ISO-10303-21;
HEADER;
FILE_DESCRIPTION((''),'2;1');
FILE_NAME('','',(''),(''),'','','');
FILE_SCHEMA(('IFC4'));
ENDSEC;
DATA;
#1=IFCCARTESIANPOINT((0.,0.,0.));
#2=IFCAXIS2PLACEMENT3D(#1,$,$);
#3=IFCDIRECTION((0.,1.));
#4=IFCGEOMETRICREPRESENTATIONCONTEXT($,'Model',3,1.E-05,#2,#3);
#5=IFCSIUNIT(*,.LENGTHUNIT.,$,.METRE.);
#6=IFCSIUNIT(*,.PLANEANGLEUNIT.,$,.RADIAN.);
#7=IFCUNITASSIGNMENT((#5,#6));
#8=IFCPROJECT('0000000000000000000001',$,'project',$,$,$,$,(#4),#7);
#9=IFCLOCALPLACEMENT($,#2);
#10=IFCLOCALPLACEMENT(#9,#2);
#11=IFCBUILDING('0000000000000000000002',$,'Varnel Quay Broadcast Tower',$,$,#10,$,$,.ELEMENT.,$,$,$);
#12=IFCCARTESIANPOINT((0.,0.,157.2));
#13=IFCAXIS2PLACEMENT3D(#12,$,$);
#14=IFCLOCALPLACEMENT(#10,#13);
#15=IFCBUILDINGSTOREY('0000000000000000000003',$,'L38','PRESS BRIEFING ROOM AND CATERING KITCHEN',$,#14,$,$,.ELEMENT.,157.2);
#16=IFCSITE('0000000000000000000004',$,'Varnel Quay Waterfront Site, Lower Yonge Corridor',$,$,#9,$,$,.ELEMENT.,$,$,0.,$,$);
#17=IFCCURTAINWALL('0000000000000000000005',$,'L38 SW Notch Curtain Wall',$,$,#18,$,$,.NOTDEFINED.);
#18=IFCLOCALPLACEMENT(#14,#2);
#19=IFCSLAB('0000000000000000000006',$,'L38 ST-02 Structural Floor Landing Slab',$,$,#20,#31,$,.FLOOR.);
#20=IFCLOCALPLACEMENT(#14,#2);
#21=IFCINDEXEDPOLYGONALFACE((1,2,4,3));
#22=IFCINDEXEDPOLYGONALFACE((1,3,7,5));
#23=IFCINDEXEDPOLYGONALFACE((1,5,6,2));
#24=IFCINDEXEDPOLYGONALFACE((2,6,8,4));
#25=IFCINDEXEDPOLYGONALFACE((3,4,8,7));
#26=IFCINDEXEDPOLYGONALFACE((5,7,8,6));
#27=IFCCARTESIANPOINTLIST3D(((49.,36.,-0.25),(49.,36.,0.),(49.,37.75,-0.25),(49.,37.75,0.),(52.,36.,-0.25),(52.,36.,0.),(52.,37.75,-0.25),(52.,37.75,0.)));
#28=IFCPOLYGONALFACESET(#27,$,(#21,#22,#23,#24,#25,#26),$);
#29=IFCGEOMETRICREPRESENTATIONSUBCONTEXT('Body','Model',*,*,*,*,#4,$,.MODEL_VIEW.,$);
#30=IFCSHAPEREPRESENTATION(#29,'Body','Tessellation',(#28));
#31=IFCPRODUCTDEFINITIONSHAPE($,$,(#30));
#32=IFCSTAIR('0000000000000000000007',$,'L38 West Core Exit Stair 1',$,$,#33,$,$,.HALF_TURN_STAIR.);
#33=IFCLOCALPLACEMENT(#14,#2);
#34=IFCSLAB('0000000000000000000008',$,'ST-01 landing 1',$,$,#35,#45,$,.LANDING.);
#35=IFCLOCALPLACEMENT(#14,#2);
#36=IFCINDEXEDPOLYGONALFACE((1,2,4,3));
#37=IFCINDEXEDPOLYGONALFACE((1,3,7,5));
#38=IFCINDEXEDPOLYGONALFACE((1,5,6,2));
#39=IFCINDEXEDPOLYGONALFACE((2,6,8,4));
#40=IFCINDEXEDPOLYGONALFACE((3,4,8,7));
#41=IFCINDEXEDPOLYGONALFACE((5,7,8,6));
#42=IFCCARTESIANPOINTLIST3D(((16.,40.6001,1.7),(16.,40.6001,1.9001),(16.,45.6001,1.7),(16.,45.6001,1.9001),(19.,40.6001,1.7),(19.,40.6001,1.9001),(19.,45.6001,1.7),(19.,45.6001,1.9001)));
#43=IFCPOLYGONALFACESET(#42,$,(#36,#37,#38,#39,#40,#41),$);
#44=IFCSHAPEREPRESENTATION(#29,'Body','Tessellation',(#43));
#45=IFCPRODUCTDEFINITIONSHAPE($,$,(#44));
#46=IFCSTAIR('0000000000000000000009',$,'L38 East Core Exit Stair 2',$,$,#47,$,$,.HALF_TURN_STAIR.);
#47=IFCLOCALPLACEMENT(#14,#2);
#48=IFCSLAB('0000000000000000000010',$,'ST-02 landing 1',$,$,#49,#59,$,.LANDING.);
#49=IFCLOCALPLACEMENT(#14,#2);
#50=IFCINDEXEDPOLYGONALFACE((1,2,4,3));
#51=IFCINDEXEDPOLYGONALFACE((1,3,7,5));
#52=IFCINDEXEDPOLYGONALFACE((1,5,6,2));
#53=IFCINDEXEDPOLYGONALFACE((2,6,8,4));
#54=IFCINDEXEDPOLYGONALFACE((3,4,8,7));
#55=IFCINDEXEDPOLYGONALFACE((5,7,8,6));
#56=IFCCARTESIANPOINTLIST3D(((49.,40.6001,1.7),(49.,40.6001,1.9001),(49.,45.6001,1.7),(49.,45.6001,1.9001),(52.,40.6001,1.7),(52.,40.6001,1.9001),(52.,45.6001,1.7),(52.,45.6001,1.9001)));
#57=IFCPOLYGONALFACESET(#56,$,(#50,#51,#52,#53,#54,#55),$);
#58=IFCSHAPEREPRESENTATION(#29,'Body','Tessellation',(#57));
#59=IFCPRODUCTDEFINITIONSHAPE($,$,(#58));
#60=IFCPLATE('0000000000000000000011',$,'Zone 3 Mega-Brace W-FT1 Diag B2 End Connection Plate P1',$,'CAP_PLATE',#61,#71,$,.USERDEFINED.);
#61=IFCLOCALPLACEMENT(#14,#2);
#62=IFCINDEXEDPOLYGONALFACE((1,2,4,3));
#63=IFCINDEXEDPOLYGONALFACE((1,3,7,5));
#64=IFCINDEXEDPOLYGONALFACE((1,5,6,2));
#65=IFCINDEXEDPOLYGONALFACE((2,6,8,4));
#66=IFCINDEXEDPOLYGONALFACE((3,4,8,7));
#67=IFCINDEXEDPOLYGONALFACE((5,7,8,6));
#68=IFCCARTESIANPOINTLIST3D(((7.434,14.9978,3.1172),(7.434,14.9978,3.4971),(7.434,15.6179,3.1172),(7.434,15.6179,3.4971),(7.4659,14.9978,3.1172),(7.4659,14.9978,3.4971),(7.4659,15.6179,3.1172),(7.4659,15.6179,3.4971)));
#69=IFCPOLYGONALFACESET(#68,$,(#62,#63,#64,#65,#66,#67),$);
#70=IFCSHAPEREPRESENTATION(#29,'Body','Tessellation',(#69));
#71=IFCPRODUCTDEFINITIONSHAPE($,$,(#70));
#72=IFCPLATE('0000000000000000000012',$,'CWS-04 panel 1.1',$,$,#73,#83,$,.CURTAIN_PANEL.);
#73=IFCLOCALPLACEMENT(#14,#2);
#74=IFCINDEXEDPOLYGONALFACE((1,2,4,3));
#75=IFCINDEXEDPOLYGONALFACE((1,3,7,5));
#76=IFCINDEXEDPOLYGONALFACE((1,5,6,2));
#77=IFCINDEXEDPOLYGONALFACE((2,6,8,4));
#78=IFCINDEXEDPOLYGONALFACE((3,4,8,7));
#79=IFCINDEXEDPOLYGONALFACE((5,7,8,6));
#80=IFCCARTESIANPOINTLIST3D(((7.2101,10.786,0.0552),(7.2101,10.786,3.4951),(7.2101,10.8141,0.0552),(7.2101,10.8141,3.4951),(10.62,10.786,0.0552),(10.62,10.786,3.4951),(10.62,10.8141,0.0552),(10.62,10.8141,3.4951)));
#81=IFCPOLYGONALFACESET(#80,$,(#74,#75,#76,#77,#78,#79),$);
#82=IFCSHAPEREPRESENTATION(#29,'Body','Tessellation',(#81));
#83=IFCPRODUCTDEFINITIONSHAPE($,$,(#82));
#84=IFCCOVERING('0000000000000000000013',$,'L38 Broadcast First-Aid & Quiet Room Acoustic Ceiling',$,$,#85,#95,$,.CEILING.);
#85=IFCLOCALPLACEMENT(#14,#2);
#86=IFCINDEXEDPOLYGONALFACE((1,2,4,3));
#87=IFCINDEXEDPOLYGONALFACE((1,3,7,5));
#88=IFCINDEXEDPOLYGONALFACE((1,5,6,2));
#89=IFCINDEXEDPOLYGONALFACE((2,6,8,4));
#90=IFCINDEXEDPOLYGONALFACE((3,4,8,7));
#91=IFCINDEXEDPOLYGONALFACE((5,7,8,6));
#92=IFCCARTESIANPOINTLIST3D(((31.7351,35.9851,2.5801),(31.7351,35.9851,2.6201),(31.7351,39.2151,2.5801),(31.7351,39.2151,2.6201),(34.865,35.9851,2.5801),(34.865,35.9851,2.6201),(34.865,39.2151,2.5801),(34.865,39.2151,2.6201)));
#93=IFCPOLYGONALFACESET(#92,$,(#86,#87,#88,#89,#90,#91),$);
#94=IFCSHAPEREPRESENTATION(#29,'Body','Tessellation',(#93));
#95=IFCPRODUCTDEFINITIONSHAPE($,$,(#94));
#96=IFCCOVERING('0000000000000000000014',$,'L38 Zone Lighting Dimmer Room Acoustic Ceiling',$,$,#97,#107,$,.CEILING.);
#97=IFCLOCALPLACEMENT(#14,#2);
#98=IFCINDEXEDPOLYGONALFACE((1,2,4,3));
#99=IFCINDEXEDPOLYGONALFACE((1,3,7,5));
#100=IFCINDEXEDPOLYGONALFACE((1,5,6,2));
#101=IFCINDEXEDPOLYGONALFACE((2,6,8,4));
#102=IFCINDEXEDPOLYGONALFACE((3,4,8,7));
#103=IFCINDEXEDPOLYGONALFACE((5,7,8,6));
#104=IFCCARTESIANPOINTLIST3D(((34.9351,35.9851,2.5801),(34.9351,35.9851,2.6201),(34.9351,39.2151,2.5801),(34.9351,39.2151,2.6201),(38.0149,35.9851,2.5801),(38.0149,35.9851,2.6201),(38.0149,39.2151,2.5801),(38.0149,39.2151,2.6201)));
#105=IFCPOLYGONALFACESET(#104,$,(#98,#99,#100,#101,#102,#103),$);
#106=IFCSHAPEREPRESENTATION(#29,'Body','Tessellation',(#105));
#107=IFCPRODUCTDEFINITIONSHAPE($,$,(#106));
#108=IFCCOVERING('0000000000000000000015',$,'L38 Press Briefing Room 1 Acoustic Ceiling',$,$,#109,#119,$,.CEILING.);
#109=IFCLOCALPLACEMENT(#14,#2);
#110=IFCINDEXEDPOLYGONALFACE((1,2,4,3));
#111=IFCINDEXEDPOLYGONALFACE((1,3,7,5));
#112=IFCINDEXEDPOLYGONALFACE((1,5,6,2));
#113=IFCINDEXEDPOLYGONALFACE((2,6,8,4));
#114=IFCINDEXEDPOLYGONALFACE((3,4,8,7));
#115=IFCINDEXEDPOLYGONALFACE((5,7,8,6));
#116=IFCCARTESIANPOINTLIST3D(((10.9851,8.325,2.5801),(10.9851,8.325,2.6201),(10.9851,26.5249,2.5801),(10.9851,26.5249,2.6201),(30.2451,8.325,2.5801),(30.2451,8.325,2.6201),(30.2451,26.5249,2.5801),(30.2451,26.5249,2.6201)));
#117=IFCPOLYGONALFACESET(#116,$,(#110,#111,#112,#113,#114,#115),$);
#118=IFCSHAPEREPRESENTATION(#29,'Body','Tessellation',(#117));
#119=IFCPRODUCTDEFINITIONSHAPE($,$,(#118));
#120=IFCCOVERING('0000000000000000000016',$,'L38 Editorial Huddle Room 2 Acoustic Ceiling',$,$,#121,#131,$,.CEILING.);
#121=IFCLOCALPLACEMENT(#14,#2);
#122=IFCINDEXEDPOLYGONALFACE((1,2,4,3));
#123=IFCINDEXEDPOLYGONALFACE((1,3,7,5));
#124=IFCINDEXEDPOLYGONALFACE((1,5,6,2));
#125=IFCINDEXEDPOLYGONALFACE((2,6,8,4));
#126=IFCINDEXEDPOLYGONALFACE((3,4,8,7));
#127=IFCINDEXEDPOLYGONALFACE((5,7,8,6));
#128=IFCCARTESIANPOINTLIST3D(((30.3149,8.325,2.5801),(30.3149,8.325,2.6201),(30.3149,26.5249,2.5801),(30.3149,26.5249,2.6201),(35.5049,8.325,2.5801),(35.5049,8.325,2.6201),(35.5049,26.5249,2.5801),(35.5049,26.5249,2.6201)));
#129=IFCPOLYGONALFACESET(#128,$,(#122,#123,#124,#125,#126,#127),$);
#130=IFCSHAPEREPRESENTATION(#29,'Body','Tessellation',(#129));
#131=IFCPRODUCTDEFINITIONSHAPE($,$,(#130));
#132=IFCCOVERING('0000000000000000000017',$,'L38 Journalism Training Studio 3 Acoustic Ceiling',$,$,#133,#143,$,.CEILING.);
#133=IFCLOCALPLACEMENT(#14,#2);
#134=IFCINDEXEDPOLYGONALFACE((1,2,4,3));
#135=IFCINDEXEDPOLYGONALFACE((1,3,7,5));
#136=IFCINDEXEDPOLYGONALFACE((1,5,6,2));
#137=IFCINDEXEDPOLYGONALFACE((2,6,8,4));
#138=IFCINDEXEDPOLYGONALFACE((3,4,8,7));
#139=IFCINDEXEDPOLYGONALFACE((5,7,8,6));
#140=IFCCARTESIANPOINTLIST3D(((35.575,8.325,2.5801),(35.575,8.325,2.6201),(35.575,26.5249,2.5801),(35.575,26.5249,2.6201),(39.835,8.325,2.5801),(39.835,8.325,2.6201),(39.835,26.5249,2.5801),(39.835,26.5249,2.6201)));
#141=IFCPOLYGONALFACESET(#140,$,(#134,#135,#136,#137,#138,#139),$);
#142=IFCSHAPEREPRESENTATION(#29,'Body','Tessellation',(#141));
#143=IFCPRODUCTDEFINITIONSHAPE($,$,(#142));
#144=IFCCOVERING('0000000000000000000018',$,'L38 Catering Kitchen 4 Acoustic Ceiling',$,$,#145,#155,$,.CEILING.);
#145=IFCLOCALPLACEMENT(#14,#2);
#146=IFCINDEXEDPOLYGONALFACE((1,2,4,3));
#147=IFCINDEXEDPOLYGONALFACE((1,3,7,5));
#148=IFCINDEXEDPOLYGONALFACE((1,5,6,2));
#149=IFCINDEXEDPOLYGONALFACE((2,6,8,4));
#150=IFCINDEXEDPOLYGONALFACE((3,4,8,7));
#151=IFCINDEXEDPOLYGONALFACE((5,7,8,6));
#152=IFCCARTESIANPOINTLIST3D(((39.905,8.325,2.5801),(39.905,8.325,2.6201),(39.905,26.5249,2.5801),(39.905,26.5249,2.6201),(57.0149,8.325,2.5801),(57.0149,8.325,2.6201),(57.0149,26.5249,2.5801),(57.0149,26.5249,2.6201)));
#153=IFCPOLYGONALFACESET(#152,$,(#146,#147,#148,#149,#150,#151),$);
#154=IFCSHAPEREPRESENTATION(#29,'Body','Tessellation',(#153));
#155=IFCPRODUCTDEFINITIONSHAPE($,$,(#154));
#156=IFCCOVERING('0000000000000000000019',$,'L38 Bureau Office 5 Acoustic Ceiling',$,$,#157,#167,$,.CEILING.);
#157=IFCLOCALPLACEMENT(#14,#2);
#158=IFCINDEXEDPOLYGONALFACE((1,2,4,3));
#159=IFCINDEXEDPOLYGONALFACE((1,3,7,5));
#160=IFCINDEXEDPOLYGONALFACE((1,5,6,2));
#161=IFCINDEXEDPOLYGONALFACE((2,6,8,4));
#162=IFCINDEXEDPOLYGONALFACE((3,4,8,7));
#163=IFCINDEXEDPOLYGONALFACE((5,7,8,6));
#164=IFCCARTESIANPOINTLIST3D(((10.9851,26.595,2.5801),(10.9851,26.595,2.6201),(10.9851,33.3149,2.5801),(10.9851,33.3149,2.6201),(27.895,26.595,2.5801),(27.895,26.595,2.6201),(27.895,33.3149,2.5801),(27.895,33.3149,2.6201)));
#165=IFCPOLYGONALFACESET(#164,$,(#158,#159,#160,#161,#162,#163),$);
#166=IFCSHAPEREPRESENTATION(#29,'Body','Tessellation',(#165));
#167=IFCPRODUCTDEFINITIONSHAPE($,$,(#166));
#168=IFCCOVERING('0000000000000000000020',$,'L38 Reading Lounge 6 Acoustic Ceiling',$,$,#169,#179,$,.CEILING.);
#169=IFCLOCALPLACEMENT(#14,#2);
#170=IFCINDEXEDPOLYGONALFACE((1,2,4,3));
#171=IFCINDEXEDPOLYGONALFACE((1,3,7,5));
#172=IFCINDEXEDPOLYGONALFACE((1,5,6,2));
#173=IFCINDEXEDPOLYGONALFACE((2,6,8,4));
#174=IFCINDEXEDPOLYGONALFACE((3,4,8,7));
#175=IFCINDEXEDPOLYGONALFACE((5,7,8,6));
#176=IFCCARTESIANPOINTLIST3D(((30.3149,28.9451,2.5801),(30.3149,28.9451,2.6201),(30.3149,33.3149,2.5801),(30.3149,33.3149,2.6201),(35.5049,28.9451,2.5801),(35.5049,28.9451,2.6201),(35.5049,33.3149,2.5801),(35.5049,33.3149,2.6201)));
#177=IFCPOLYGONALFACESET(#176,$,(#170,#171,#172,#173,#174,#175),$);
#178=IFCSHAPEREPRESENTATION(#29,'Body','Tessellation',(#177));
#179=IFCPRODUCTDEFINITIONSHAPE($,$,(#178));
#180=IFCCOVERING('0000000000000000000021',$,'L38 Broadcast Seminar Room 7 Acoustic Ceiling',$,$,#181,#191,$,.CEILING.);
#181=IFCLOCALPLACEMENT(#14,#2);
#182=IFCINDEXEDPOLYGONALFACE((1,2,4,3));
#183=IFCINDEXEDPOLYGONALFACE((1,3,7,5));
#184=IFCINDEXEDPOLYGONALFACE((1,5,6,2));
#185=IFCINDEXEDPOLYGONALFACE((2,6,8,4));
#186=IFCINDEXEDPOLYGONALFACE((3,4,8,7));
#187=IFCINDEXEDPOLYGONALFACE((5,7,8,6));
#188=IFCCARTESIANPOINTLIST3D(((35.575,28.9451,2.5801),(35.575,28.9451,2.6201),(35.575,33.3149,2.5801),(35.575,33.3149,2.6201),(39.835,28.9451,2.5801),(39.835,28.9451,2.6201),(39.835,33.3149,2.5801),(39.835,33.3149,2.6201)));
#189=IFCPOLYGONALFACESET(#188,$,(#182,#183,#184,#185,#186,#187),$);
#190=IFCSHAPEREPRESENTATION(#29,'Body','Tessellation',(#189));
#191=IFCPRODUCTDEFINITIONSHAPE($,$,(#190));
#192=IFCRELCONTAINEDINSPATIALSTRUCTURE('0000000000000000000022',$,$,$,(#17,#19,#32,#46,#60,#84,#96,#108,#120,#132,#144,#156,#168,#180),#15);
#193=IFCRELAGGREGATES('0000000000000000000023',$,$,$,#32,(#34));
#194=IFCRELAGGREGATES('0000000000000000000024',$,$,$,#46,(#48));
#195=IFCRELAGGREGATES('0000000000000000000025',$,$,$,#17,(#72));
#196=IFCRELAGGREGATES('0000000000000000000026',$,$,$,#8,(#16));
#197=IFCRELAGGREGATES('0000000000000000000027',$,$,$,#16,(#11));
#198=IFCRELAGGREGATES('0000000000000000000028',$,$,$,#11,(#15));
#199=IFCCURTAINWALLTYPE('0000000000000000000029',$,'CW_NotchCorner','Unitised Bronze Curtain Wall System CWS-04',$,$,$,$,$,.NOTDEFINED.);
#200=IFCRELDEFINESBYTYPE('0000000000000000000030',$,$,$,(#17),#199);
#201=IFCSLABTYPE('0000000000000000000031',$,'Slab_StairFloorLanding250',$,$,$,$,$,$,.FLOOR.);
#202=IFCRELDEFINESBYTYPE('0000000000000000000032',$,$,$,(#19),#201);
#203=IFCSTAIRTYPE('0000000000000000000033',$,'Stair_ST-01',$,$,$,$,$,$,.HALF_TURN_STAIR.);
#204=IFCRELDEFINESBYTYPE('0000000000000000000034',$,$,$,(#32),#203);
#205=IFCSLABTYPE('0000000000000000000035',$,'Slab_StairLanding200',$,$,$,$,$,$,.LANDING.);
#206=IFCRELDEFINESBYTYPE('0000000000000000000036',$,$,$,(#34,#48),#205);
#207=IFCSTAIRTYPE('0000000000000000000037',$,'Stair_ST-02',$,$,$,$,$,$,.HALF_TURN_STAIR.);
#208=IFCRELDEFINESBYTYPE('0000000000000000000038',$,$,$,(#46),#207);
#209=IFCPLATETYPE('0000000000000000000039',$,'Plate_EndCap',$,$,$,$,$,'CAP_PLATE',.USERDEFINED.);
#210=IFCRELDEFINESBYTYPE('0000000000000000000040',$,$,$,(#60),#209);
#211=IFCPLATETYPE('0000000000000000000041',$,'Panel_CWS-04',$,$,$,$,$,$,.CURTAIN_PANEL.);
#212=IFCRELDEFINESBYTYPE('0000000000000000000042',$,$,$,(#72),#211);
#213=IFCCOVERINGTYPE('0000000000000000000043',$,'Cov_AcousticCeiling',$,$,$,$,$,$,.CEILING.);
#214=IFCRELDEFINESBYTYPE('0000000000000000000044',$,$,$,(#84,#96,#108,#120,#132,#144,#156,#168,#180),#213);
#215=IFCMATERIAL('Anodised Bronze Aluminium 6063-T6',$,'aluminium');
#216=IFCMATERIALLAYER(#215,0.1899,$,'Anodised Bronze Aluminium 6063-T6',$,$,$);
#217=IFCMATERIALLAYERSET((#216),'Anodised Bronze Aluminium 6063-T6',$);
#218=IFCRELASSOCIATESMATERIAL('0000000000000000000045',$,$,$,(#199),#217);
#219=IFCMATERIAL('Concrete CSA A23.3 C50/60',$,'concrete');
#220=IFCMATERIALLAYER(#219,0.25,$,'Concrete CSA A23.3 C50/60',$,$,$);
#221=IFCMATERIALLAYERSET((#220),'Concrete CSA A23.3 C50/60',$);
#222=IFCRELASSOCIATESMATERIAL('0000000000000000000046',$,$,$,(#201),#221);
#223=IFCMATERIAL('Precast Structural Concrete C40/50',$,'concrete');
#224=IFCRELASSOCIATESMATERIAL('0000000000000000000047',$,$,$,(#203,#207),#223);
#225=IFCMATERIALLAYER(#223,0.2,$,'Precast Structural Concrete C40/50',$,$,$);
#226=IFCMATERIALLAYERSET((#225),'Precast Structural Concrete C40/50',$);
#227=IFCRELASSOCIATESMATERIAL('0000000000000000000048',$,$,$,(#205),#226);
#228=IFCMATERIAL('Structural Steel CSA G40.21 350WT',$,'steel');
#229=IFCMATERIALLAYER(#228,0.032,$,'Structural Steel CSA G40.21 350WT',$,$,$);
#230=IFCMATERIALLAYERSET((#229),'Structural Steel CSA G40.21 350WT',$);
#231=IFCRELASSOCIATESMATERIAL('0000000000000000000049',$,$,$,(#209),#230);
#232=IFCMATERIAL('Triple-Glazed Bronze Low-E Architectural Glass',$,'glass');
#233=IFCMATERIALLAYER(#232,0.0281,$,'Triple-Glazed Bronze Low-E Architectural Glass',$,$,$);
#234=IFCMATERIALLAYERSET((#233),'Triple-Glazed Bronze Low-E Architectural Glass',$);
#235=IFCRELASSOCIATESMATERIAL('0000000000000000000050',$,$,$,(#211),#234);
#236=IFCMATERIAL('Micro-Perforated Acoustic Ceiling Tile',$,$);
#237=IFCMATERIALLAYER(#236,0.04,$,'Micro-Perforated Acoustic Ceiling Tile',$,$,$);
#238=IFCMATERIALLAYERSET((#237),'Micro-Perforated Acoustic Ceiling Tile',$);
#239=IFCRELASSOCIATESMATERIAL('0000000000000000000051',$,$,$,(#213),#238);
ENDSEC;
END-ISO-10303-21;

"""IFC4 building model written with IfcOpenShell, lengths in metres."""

from ifc_helpers import new_model, si_unit, direction, frame, origin, origin_2d, place, context, subcontext, project, spatial, polyline, rectangle, outline, extrude, source, transform, mapped, material, layer, layer_set, type_object, type_shapes, element, aggregate, save


model = new_model("IFC4")

# Units and contexts
model_context = context("Model", 3, precision=1e-05, world=origin(), true_north=direction((0.0, 1.0)))
body_context = subcontext(model_context, "Body", "Model", "MODEL_VIEW")
ifc_project = project(units=[si_unit("LENGTHUNIT", "METRE"), si_unit("PLANEANGLEUNIT", "RADIAN")], contexts=[model_context])

# Site, building, storey
site_placement = place(None, origin())
site = spatial("IfcSite", under=ifc_project, at=site_placement, Name="Varnel Quay Waterfront Site, Lower Yonge Corridor", CompositionType="ELEMENT", RefElevation=0.0)
building_placement = place(site_placement, origin())
building = spatial("IfcBuilding", under=site, at=building_placement, Name="Varnel Quay Broadcast Tower", CompositionType="ELEMENT")
storey_placement = place(building_placement, frame((0.0, 0.0, 157.2)))
storey = spatial("IfcBuildingStorey", under=building, at=storey_placement, Name="L38", Description="PRESS BRIEFING ROOM AND CATERING KITCHEN", CompositionType="ELEMENT", Elevation=157.2)

# Curtain wall
ifc_material_1 = material(Name="Anodised Bronze Aluminium 6063-T6", Category="aluminium")
ifc_layer_1 = layer(ifc_material_1, 0.1899, Name="Anodised Bronze Aluminium 6063-T6")
ifc_layer_set_1 = layer_set([ifc_layer_1], Name="Anodised Bronze Aluminium 6063-T6")
curtain_wall_type_1 = type_object("IfcCurtainWallType", Name="CW_NotchCorner", Description="Unitised Bronze Curtain Wall System CWS-04", PredefinedType="NOTDEFINED", material=ifc_layer_set_1)
curtain_wall_1_placement = place(storey_placement, origin())
curtain_wall_1 = element("IfcCurtainWall", 1, at=curtain_wall_1_placement, inside=storey, type_object=curtain_wall_type_1, Name="L38 SW Notch Curtain Wall", PredefinedType="NOTDEFINED")

# Slab
ifc_material_2 = material(Name="Concrete CSA A23.3 C50/60", Category="concrete")
ifc_layer_2 = layer(ifc_material_2, 0.25, Name="Concrete CSA A23.3 C50/60")
ifc_layer_set_2 = layer_set([ifc_layer_2], Name="Concrete CSA A23.3 C50/60")
slab_type_1 = type_object("IfcSlabType", Name="Slab_StairFloorLanding250", PredefinedType="FLOOR", material=ifc_layer_set_2)
slab_1_placement = place(storey_placement, frame((0.0, 0.0, -0.25)))
element("IfcSlab", 2, at=slab_1_placement, inside=storey, type_object=slab_type_1, Name="L38 ST-02 Structural Floor Landing Slab", PredefinedType="FLOOR", context=body_context, shape_type="SweptSolid", body=[
    extrude(outline(polyline([(52.0, 36.0), (52.0, 37.75), (49.0, 37.75), (49.0, 36.0), (52.0, 36.0)])), origin(), (0.0, 0.0, 1.0), 0.25),
])

# Stairs, slabs
ifc_material_3 = material(Name="Precast Structural Concrete C40/50", Category="concrete")
stair_type_1 = type_object("IfcStairType", Name="Stair_ST-01", PredefinedType="HALF_TURN_STAIR", material=ifc_material_3)
stair_1_placement = place(storey_placement, origin())
stair_1 = element("IfcStair", 3, at=stair_1_placement, inside=storey, type_object=stair_type_1, Name="L38 West Core Exit Stair 1", PredefinedType="HALF_TURN_STAIR")
ifc_layer_3 = layer(ifc_material_3, 0.2, Name="Precast Structural Concrete C40/50")
ifc_layer_set_3 = layer_set([ifc_layer_3], Name="Precast Structural Concrete C40/50")
slab_type_2 = type_object("IfcSlabType", Name="Slab_StairLanding200", PredefinedType="LANDING", material=ifc_layer_set_3)
slab_2_placement = place(storey_placement, frame((0.0, 0.0, 1.7)))
slab_2 = element("IfcSlab", 4, at=slab_2_placement, type_object=slab_type_2, Name="ST-01 landing 1", PredefinedType="LANDING", context=body_context, shape_type="SweptSolid", body=[
    extrude(outline(polyline([(19.0, 40.6001), (19.0, 45.6001), (16.0, 45.6001), (16.0, 40.6001), (19.0, 40.6001)])), origin(), (0.0, 0.0, 1.0), 0.2002),
])
aggregate(stair_1, [slab_2])
stair_type_2 = type_object("IfcStairType", Name="Stair_ST-02", PredefinedType="HALF_TURN_STAIR", material=ifc_material_3)
stair_2_placement = place(storey_placement, origin())
stair_2 = element("IfcStair", 5, at=stair_2_placement, inside=storey, type_object=stair_type_2, Name="L38 East Core Exit Stair 2", PredefinedType="HALF_TURN_STAIR")
slab_3_placement = place(storey_placement, frame((0.0, 0.0, 1.7)))
slab_3 = element("IfcSlab", 6, at=slab_3_placement, type_object=slab_type_2, Name="ST-02 landing 1", PredefinedType="LANDING", context=body_context, shape_type="SweptSolid", body=[
    extrude(outline(polyline([(52.0, 40.6001), (52.0, 45.6001), (49.0, 45.6001), (49.0, 40.6001), (52.0, 40.6001)])), origin(), (0.0, 0.0, 1.0), 0.2002),
])
aggregate(stair_2, [slab_3])

# Plates
ifc_material_4 = material(Name="Structural Steel CSA G40.21 350WT", Category="steel")
ifc_layer_4 = layer(ifc_material_4, 0.032, Name="Structural Steel CSA G40.21 350WT")
ifc_layer_set_4 = layer_set([ifc_layer_4], Name="Structural Steel CSA G40.21 350WT")
plate_type_1 = type_object("IfcPlateType", Name="Plate_EndCap", ElementType="CAP_PLATE", PredefinedType="USERDEFINED", material=ifc_layer_set_4)
shared_shape_1 = source(origin(), body_context, "Body", "SweptSolid", [
    extrude(rectangle(XDim=0.6201, YDim=0.032, at=origin_2d()), origin(), (0.0, 0.0, 1.0), 0.3799),
])
type_shapes(plate_type_1, [shared_shape_1])
plate_1_placement = place(storey_placement, frame((7.45, 15.3079, 3.1172), z_axis=(0.0, 0.0, 1.0), x_axis=(0.0, 1.0, 0.0)))
element("IfcPlate", 7, at=plate_1_placement, inside=storey, type_object=plate_type_1, Name="Zone 3 Mega-Brace W-FT1 Diag B2 End Connection Plate P1", ObjectType="CAP_PLATE", PredefinedType="USERDEFINED", context=body_context, shape_type="MappedRepresentation", body=[
    mapped(shared_shape_1, transform((0.0, 0.0, 0.0), x_axis=(1.0, 0.0, 0.0), y_axis=(0.0, 1.0, 0.0), z_axis=(0.0, 0.0, 1.0), scale=1.0)),
])
ifc_material_5 = material(Name="Triple-Glazed Bronze Low-E Architectural Glass", Category="glass")
ifc_layer_5 = layer(ifc_material_5, 0.0281, Name="Triple-Glazed Bronze Low-E Architectural Glass")
ifc_layer_set_5 = layer_set([ifc_layer_5], Name="Triple-Glazed Bronze Low-E Architectural Glass")
plate_type_2 = type_object("IfcPlateType", Name="Panel_CWS-04", PredefinedType="CURTAIN_PANEL", material=ifc_layer_set_5)
shared_shape_2 = source(origin(), body_context, "Body", "SweptSolid", [
    extrude(rectangle(XDim=3.4099, YDim=0.0281, at=origin_2d()), origin(), (0.0, 0.0, 1.0), 3.4399),
])
type_shapes(plate_type_2, [shared_shape_2])
plate_2_placement = place(storey_placement, frame((8.915, 10.8, 0.0552), z_axis=(0.0, 0.0, 1.0), x_axis=(1.0, 0.0, 0.0)))
plate_2 = element("IfcPlate", 8, at=plate_2_placement, type_object=plate_type_2, Name="CWS-04 panel 1.1", PredefinedType="CURTAIN_PANEL", context=body_context, shape_type="MappedRepresentation", body=[
    mapped(shared_shape_2, transform((0.0, 0.0, 0.0), x_axis=(1.0, 0.0, 0.0), y_axis=(0.0, 1.0, 0.0), z_axis=(0.0, 0.0, 1.0), scale=1.0)),
])
aggregate(curtain_wall_1, [plate_2])

# Coverings
ifc_material_6 = material(Name="Micro-Perforated Acoustic Ceiling Tile")
ifc_layer_6 = layer(ifc_material_6, 0.04, Name="Micro-Perforated Acoustic Ceiling Tile")
ifc_layer_set_6 = layer_set([ifc_layer_6], Name="Micro-Perforated Acoustic Ceiling Tile")
covering_type_1 = type_object("IfcCoveringType", Name="Cov_AcousticCeiling", PredefinedType="CEILING", material=ifc_layer_set_6)
covering_1_placement = place(storey_placement, frame((0.0, 0.0, 2.5801)))
element("IfcCovering", 9, at=covering_1_placement, inside=storey, type_object=covering_type_1, Name="L38 Broadcast First-Aid & Quiet Room Acoustic Ceiling", PredefinedType="CEILING", context=body_context, shape_type="SweptSolid", body=[
    extrude(outline(polyline([(31.7351, 35.9851), (34.865, 35.9851), (34.865, 39.2151), (31.7351, 39.2151), (31.7351, 35.9851)])), origin(), (0.0, 0.0, 1.0), 0.04),
])
covering_2_placement = place(storey_placement, frame((0.0, 0.0, 2.5801)))
element("IfcCovering", 10, at=covering_2_placement, inside=storey, type_object=covering_type_1, Name="L38 Zone Lighting Dimmer Room Acoustic Ceiling", PredefinedType="CEILING", context=body_context, shape_type="SweptSolid", body=[
    extrude(outline(polyline([(34.9351, 35.9851), (38.0149, 35.9851), (38.0149, 39.2151), (34.9351, 39.2151), (34.9351, 35.9851)])), origin(), (0.0, 0.0, 1.0), 0.04),
])
covering_3_placement = place(storey_placement, frame((0.0, 0.0, 2.5801)))
element("IfcCovering", 11, at=covering_3_placement, inside=storey, type_object=covering_type_1, Name="L38 Press Briefing Room 1 Acoustic Ceiling", PredefinedType="CEILING", context=body_context, shape_type="SweptSolid", body=[
    extrude(outline(polyline([(10.9851, 8.325), (30.2451, 8.325), (30.2451, 26.5249), (10.9851, 26.5249), (10.9851, 8.325)])), origin(), (0.0, 0.0, 1.0), 0.04),
])
covering_4_placement = place(storey_placement, frame((0.0, 0.0, 2.5801)))
element("IfcCovering", 12, at=covering_4_placement, inside=storey, type_object=covering_type_1, Name="L38 Editorial Huddle Room 2 Acoustic Ceiling", PredefinedType="CEILING", context=body_context, shape_type="SweptSolid", body=[
    extrude(outline(polyline([(30.3149, 8.325), (35.5049, 8.325), (35.5049, 26.5249), (30.3149, 26.5249), (30.3149, 8.325)])), origin(), (0.0, 0.0, 1.0), 0.04),
])
covering_5_placement = place(storey_placement, frame((0.0, 0.0, 2.5801)))
element("IfcCovering", 13, at=covering_5_placement, inside=storey, type_object=covering_type_1, Name="L38 Journalism Training Studio 3 Acoustic Ceiling", PredefinedType="CEILING", context=body_context, shape_type="SweptSolid", body=[
    extrude(outline(polyline([(35.575, 8.325), (39.835, 8.325), (39.835, 26.5249), (35.575, 26.5249), (35.575, 8.325)])), origin(), (0.0, 0.0, 1.0), 0.04),
])
covering_6_placement = place(storey_placement, frame((0.0, 0.0, 2.5801)))
element("IfcCovering", 14, at=covering_6_placement, inside=storey, type_object=covering_type_1, Name="L38 Catering Kitchen 4 Acoustic Ceiling", PredefinedType="CEILING", context=body_context, shape_type="SweptSolid", body=[
    extrude(outline(polyline([(39.905, 8.325), (57.0149, 8.325), (57.0149, 26.5249), (39.905, 26.5249), (39.905, 8.325)])), origin(), (0.0, 0.0, 1.0), 0.04),
])
covering_7_placement = place(storey_placement, frame((0.0, 0.0, 2.5801)))
element("IfcCovering", 15, at=covering_7_placement, inside=storey, type_object=covering_type_1, Name="L38 Bureau Office 5 Acoustic Ceiling", PredefinedType="CEILING", context=body_context, shape_type="SweptSolid", body=[
    extrude(outline(polyline([(10.9851, 26.595), (27.895, 26.595), (27.895, 33.3149), (10.9851, 33.3149), (10.9851, 26.595)])), origin(), (0.0, 0.0, 1.0), 0.04),
])
covering_8_placement = place(storey_placement, frame((0.0, 0.0, 2.5801)))
element("IfcCovering", 16, at=covering_8_placement, inside=storey, type_object=covering_type_1, Name="L38 Reading Lounge 6 Acoustic Ceiling", PredefinedType="CEILING", context=body_context, shape_type="SweptSolid", body=[
    extrude(outline(polyline([(30.3149, 28.9451), (35.5049, 28.9451), (35.5049, 33.3149), (30.3149, 33.3149), (30.3149, 28.9451)])), origin(), (0.0, 0.0, 1.0), 0.04),
])
covering_9_placement = place(storey_placement, frame((0.0, 0.0, 2.5801)))
element("IfcCovering", 17, at=covering_9_placement, inside=storey, type_object=covering_type_1, Name="L38 Broadcast Seminar Room 7 Acoustic Ceiling", PredefinedType="CEILING", context=body_context, shape_type="SweptSolid", body=[
    extrude(outline(polyline([(35.575, 28.9451), (39.835, 28.9451), (39.835, 33.3149), (35.575, 33.3149), (35.575, 28.9451)])), origin(), (0.0, 0.0, 1.0), 0.04),
])

save(model, "model.ifc")
